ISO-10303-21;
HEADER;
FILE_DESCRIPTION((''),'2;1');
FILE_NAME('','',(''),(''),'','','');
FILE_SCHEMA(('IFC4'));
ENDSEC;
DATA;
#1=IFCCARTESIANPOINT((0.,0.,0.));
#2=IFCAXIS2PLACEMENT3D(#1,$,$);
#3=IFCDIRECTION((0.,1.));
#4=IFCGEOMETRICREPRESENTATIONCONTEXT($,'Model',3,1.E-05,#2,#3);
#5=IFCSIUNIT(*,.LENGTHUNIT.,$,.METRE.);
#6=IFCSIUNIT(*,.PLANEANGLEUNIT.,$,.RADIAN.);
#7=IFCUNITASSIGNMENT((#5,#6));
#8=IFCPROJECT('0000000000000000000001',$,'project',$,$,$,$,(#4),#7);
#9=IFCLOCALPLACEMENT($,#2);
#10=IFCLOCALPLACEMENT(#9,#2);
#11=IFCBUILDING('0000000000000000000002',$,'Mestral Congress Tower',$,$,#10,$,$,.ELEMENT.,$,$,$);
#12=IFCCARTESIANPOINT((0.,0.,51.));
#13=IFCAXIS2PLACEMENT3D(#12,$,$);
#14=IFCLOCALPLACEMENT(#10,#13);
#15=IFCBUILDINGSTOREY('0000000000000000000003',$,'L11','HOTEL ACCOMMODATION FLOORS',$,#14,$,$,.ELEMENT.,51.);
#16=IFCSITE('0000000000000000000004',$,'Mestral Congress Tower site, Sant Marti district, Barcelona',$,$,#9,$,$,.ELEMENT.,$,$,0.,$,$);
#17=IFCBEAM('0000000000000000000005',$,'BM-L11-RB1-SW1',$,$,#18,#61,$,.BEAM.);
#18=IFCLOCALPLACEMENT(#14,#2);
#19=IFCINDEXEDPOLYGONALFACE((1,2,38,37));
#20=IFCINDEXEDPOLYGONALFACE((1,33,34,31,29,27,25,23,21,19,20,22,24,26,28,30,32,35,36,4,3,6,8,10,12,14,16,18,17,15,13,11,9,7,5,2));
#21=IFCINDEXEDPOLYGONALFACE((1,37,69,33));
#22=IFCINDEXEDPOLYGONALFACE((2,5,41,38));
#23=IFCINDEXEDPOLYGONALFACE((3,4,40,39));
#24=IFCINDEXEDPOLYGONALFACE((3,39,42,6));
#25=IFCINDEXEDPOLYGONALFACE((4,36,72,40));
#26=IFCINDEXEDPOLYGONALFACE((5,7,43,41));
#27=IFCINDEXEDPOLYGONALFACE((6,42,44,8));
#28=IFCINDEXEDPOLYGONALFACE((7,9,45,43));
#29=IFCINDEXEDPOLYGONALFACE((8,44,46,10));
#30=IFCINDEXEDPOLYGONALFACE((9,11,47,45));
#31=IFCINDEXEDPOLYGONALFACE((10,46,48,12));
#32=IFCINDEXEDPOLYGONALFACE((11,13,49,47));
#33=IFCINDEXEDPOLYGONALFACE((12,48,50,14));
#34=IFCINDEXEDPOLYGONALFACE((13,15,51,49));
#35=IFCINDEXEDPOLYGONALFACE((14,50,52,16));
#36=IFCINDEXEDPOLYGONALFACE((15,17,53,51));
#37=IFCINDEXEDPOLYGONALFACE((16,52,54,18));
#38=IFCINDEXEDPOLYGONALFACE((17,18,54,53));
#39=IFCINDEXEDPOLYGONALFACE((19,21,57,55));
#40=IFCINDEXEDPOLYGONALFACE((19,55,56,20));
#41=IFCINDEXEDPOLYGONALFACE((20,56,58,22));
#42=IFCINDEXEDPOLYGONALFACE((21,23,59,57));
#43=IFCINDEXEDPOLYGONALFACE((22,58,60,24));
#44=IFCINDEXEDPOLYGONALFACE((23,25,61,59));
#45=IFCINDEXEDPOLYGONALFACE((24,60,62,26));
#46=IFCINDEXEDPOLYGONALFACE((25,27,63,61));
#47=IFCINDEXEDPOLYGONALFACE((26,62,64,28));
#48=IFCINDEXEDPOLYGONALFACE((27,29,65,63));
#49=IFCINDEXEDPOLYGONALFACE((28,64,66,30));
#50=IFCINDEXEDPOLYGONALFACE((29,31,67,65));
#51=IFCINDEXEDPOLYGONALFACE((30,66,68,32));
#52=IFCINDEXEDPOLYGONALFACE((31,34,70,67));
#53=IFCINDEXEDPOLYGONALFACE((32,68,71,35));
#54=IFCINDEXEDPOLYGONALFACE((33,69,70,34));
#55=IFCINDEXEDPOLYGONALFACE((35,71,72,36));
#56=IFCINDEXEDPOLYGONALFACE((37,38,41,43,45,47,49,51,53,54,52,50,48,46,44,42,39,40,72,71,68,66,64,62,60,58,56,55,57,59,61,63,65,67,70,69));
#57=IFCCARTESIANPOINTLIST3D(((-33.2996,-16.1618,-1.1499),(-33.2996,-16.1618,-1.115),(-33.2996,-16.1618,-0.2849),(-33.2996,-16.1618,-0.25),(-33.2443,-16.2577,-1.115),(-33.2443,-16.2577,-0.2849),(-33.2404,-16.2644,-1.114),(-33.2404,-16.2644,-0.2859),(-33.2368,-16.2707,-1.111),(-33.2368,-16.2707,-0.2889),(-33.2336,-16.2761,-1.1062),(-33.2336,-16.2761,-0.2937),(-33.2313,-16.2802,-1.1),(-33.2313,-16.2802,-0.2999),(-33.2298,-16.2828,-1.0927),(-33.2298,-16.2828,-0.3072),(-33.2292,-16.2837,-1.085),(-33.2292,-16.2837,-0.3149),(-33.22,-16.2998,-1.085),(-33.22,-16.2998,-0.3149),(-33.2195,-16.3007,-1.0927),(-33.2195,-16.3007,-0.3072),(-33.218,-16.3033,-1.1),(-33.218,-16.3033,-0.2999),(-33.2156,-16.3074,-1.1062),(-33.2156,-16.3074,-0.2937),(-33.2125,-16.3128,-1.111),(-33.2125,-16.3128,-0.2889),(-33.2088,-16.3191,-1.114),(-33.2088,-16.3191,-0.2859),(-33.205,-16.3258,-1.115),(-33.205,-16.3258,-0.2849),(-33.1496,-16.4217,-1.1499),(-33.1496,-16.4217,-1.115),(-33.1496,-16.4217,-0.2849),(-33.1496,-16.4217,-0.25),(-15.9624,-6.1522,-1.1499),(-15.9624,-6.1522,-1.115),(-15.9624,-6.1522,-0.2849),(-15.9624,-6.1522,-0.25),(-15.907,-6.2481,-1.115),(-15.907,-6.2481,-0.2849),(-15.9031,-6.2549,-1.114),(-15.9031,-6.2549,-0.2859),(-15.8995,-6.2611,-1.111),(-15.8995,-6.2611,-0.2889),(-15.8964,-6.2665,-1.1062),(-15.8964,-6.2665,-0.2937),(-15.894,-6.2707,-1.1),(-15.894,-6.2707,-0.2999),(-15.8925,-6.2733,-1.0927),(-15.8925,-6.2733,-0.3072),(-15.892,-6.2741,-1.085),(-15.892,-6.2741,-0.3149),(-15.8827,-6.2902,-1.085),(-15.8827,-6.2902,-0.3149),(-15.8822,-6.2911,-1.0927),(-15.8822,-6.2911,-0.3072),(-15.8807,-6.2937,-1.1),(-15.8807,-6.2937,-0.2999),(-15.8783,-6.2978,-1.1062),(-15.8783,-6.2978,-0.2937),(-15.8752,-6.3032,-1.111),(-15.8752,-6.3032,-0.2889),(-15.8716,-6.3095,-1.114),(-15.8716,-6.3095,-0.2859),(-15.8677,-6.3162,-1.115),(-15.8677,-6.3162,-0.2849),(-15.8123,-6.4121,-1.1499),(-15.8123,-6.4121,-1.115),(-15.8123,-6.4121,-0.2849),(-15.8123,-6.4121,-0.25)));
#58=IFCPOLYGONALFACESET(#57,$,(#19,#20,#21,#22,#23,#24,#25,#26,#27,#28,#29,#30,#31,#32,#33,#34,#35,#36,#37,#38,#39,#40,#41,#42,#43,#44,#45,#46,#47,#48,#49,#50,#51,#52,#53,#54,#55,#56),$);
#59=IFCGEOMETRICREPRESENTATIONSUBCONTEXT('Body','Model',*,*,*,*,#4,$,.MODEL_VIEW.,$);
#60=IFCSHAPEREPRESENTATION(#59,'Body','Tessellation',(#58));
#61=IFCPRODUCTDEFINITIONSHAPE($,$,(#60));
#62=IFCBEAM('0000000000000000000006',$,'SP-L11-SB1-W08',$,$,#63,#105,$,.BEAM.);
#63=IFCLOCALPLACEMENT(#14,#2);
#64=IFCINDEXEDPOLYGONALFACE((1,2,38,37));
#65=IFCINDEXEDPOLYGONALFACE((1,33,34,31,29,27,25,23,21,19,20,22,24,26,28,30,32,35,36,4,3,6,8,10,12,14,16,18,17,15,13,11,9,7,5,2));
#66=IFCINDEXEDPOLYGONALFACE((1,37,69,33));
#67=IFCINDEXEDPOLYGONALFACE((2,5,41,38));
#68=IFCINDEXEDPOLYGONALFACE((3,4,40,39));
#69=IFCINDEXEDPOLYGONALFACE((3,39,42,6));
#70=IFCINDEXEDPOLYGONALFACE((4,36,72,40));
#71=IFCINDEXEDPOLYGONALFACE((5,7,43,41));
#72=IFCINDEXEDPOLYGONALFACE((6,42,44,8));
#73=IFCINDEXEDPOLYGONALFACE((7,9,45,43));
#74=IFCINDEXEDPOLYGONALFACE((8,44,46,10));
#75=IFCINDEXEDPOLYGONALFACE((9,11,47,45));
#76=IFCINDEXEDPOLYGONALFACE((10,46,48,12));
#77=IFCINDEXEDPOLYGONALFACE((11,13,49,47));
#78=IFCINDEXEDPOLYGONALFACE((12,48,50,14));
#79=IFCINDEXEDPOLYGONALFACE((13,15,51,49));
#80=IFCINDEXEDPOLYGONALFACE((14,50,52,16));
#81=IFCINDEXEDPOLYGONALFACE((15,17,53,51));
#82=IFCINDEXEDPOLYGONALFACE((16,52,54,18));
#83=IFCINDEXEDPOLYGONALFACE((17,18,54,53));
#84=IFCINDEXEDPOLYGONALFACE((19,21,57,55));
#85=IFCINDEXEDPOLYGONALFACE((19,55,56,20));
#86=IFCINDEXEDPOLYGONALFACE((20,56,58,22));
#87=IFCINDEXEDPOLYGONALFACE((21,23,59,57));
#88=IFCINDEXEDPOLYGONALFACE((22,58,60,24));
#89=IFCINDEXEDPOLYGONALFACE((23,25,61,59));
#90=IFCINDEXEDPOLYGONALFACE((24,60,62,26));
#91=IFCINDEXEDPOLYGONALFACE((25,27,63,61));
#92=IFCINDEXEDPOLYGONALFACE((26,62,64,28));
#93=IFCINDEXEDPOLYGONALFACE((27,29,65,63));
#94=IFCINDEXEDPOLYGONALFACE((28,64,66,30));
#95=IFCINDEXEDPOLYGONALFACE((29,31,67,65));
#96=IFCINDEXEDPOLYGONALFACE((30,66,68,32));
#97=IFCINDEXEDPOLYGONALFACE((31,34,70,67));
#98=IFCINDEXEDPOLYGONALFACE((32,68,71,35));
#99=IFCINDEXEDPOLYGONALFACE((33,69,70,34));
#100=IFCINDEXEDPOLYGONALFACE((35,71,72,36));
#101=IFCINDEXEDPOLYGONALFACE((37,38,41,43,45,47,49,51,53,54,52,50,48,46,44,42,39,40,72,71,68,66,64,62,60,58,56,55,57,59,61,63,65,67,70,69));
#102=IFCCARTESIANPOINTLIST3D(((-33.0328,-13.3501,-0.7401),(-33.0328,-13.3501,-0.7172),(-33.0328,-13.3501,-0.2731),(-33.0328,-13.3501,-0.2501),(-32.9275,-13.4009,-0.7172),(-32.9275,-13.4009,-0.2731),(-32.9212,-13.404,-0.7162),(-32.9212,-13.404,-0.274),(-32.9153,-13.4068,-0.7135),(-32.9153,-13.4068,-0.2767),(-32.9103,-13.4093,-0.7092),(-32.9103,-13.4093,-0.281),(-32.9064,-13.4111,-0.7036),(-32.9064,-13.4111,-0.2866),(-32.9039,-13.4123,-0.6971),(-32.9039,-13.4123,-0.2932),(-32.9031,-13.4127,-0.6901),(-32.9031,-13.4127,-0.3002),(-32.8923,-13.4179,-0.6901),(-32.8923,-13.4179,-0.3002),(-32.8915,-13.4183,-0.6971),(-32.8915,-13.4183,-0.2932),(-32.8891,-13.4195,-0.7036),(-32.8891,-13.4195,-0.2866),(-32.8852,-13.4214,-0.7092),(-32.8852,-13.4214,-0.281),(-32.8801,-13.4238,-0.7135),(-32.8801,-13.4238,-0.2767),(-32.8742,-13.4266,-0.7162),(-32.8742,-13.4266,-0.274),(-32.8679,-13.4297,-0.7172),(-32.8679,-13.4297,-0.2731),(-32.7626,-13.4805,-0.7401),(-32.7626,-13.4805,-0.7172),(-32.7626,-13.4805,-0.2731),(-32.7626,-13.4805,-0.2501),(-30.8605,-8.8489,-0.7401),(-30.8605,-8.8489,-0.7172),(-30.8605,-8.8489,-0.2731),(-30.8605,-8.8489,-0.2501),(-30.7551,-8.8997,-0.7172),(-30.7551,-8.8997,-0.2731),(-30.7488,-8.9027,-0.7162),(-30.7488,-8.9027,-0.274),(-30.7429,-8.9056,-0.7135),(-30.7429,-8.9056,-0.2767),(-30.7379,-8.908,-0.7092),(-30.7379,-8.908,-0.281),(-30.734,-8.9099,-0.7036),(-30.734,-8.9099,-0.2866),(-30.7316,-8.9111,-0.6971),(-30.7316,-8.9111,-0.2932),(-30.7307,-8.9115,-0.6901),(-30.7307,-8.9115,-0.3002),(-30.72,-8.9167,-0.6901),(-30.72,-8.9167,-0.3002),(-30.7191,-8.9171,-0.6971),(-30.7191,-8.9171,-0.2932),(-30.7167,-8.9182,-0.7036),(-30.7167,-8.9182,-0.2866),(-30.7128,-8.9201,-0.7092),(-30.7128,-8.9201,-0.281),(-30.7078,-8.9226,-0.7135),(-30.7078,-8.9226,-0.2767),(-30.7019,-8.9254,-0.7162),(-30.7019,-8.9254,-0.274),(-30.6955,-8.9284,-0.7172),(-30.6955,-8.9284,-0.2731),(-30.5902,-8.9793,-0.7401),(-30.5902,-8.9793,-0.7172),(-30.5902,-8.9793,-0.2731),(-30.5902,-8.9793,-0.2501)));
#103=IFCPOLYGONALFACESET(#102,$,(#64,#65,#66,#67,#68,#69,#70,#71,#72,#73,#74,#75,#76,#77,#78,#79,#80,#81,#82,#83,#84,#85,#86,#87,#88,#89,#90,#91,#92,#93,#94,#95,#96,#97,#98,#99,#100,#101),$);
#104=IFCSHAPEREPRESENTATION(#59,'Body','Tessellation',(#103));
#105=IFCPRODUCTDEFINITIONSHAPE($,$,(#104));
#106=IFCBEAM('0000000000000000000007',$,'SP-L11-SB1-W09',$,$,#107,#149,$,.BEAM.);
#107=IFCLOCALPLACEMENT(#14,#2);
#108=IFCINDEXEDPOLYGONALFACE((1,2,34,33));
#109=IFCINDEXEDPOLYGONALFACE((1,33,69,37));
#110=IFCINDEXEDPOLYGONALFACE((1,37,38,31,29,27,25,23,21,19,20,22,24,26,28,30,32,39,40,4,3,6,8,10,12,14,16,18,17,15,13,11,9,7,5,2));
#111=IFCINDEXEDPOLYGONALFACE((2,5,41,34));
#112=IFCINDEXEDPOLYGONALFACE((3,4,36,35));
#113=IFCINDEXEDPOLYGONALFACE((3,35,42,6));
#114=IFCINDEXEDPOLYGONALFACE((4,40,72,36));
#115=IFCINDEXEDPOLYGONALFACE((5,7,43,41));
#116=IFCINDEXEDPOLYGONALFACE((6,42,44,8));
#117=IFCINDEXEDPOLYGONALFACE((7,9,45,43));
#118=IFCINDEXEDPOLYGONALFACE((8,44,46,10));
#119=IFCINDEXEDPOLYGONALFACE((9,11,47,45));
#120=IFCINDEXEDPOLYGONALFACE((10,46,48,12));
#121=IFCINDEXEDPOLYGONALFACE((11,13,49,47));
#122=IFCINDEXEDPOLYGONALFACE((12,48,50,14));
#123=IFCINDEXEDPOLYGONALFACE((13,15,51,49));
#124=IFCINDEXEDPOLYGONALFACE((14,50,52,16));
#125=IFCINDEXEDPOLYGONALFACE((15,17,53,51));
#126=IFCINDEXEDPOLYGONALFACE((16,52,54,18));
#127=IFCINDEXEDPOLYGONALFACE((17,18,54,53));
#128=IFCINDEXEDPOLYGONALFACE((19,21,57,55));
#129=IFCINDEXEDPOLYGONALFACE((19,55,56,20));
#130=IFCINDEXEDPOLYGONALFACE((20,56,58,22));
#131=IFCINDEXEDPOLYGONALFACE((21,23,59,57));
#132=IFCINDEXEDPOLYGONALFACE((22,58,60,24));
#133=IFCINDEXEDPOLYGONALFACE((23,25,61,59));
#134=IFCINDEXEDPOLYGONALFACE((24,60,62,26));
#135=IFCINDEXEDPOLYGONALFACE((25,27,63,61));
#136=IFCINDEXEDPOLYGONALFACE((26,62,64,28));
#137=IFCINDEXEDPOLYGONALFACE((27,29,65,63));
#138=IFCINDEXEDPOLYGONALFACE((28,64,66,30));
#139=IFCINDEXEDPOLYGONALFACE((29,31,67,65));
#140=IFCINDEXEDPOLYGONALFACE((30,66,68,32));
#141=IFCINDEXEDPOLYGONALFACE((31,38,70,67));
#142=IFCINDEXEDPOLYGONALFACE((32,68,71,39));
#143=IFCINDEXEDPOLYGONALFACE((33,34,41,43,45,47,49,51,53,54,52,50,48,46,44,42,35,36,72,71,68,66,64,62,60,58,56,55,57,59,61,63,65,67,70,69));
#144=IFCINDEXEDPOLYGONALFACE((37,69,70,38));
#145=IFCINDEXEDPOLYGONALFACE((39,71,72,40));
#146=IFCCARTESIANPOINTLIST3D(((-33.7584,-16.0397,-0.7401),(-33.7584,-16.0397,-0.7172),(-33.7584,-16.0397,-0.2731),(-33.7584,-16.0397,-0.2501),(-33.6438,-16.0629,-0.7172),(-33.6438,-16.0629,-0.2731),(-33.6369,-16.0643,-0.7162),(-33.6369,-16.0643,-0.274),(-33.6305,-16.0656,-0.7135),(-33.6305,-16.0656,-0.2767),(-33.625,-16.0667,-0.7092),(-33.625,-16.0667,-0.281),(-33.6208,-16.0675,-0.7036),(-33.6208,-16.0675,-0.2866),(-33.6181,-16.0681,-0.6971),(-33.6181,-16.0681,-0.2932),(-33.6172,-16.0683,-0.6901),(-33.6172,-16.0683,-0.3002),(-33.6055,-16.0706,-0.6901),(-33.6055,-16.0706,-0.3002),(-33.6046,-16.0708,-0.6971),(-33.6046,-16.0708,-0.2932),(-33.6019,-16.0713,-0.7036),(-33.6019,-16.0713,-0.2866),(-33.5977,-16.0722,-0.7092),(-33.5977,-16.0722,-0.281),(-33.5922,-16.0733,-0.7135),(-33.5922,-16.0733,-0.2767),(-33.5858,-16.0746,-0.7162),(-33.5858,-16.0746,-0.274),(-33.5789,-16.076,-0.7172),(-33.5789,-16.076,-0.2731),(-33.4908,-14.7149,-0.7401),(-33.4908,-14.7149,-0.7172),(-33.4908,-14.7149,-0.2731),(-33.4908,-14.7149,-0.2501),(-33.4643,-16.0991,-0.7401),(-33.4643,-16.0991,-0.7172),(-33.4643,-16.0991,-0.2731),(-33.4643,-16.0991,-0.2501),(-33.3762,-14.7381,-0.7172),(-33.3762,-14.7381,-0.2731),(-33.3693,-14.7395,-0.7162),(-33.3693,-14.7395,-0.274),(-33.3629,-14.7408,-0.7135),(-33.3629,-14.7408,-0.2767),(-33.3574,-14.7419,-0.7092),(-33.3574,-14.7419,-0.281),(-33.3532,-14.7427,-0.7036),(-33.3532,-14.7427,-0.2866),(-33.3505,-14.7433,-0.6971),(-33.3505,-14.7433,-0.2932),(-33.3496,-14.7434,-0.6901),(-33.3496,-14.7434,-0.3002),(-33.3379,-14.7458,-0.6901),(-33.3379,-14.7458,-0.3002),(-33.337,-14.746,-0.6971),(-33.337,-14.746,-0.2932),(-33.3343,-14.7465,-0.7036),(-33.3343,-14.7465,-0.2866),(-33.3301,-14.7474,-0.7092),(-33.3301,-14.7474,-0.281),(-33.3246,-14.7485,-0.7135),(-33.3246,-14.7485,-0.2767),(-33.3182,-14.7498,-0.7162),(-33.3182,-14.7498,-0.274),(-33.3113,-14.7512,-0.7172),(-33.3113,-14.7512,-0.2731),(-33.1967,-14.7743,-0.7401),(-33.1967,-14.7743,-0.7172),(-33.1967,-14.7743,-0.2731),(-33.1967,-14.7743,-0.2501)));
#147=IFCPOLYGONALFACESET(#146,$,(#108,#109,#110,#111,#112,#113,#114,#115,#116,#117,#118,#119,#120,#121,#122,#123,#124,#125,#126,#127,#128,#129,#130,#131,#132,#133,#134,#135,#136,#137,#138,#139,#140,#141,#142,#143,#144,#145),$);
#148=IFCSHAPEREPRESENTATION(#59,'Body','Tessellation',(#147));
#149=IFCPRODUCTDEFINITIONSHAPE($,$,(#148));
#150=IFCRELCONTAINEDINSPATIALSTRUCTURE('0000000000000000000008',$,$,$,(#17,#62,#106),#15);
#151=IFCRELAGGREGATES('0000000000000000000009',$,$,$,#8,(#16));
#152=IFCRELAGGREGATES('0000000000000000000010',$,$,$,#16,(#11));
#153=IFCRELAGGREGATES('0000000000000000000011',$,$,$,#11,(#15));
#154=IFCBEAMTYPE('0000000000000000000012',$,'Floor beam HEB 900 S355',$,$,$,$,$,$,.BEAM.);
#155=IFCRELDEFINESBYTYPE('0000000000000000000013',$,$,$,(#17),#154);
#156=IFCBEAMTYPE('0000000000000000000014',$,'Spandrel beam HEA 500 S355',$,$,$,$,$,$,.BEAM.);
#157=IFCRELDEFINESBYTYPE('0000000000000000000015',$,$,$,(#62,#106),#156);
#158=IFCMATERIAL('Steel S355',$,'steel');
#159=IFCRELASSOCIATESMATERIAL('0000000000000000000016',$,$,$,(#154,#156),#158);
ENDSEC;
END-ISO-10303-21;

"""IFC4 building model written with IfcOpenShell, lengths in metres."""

from ifc_helpers import new_model, si_unit, direction, frame, origin, origin_2d, place, context, subcontext, project, spatial, i_section, extrude, material, material_profile, profile_set, type_object, element, save


model = new_model("IFC4")

# Units and contexts
model_context = context("Model", 3, precision=1e-05, world=origin(), true_north=direction((0.0, 1.0)))
body_context = subcontext(model_context, "Body", "Model", "MODEL_VIEW")
ifc_project = project(units=[si_unit("LENGTHUNIT", "METRE"), si_unit("PLANEANGLEUNIT", "RADIAN")], contexts=[model_context])

# Site, building, storey
site_placement = place(None, origin())
site = spatial("IfcSite", under=ifc_project, at=site_placement, Name="Mestral Congress Tower site, Sant Marti district, Barcelona", CompositionType="ELEMENT", RefElevation=0.0)
building_placement = place(site_placement, origin())
building = spatial("IfcBuilding", under=site, at=building_placement, Name="Mestral Congress Tower", CompositionType="ELEMENT")
storey_placement = place(building_placement, frame((0.0, 0.0, 51.0)))
storey = spatial("IfcBuildingStorey", under=building, at=storey_placement, Name="L11", Description="HOTEL ACCOMMODATION FLOORS", CompositionType="ELEMENT", Elevation=51.0)

# Beams
ifc_material_1 = material(Name="Steel S355", Category="steel")
ifc_material_profile_1 = material_profile(ifc_material_1, i_section(OverallWidth=0.3, OverallDepth=0.8999, WebThickness=0.0186, FlangeThickness=0.0349, FilletRadius=0.03, at=origin_2d()), Name="HEB 900")
ifc_profile_set_1 = profile_set([ifc_material_profile_1], Name="Steel S355")
beam_type_1 = type_object("IfcBeamType", Name="Floor beam HEB 900 S355", PredefinedType="BEAM", material=ifc_profile_set_1)
beam_1_placement = place(storey_placement, frame((-33.2246, -16.2917, -0.7), z_axis=(0.866027, 0.499997, 0.0), x_axis=(-0.499997, 0.866027, 0.0)))
element("IfcBeam", 1, at=beam_1_placement, inside=storey, type_object=beam_type_1, Name="BM-L11-RB1-SW1", PredefinedType="BEAM", context=body_context, shape_type="SweptSolid", body=[
    extrude(i_section(OverallWidth=0.3, OverallDepth=0.8999, WebThickness=0.0186, FlangeThickness=0.0349, FilletRadius=0.03, at=origin_2d()), origin(), (0.0, 0.0, 1.0), 20.0193),
])
ifc_material_profile_2 = material_profile(ifc_material_1, i_section(OverallWidth=0.3, OverallDepth=0.49, WebThickness=0.012, FlangeThickness=0.0229, FilletRadius=0.0271, at=origin_2d()), Name="HEA 500")
ifc_profile_set_2 = profile_set([ifc_material_profile_2], Name="Steel S355")
beam_type_2 = type_object("IfcBeamType", Name="Spandrel beam HEA 500 S355", PredefinedType="BEAM", material=ifc_profile_set_2)
beam_2_placement = place(storey_placement, frame((-30.7253, -8.9141, -0.4951), z_axis=(-0.434645, -0.900602, 0.0), x_axis=(0.900602, -0.434645, 0.0)))
element("IfcBeam", 2, at=beam_2_placement, inside=storey, type_object=beam_type_2, Name="SP-L11-SB1-W08", PredefinedType="BEAM", context=body_context, shape_type="SweptSolid", body=[
    extrude(i_section(OverallWidth=0.3, OverallDepth=0.49, WebThickness=0.012, FlangeThickness=0.0229, FilletRadius=0.0271, at=origin_2d()), origin(), (0.0, 0.0, 1.0), 4.998),
])
beam_3_placement = place(storey_placement, frame((-33.3438, -14.7446, -0.4951), z_axis=(-0.197992, -0.980204, 0.0), x_axis=(0.980204, -0.197992, 0.0)))
element("IfcBeam", 3, at=beam_3_placement, inside=storey, type_object=beam_type_2, Name="SP-L11-SB1-W09", PredefinedType="BEAM", context=body_context, shape_type="SweptSolid", body=[
    extrude(i_section(OverallWidth=0.3, OverallDepth=0.49, WebThickness=0.012, FlangeThickness=0.0229, FilletRadius=0.0271, at=origin_2d()), origin(), (0.0, 0.0, 1.0), 1.3516),
])

save(model, "model.ifc")
